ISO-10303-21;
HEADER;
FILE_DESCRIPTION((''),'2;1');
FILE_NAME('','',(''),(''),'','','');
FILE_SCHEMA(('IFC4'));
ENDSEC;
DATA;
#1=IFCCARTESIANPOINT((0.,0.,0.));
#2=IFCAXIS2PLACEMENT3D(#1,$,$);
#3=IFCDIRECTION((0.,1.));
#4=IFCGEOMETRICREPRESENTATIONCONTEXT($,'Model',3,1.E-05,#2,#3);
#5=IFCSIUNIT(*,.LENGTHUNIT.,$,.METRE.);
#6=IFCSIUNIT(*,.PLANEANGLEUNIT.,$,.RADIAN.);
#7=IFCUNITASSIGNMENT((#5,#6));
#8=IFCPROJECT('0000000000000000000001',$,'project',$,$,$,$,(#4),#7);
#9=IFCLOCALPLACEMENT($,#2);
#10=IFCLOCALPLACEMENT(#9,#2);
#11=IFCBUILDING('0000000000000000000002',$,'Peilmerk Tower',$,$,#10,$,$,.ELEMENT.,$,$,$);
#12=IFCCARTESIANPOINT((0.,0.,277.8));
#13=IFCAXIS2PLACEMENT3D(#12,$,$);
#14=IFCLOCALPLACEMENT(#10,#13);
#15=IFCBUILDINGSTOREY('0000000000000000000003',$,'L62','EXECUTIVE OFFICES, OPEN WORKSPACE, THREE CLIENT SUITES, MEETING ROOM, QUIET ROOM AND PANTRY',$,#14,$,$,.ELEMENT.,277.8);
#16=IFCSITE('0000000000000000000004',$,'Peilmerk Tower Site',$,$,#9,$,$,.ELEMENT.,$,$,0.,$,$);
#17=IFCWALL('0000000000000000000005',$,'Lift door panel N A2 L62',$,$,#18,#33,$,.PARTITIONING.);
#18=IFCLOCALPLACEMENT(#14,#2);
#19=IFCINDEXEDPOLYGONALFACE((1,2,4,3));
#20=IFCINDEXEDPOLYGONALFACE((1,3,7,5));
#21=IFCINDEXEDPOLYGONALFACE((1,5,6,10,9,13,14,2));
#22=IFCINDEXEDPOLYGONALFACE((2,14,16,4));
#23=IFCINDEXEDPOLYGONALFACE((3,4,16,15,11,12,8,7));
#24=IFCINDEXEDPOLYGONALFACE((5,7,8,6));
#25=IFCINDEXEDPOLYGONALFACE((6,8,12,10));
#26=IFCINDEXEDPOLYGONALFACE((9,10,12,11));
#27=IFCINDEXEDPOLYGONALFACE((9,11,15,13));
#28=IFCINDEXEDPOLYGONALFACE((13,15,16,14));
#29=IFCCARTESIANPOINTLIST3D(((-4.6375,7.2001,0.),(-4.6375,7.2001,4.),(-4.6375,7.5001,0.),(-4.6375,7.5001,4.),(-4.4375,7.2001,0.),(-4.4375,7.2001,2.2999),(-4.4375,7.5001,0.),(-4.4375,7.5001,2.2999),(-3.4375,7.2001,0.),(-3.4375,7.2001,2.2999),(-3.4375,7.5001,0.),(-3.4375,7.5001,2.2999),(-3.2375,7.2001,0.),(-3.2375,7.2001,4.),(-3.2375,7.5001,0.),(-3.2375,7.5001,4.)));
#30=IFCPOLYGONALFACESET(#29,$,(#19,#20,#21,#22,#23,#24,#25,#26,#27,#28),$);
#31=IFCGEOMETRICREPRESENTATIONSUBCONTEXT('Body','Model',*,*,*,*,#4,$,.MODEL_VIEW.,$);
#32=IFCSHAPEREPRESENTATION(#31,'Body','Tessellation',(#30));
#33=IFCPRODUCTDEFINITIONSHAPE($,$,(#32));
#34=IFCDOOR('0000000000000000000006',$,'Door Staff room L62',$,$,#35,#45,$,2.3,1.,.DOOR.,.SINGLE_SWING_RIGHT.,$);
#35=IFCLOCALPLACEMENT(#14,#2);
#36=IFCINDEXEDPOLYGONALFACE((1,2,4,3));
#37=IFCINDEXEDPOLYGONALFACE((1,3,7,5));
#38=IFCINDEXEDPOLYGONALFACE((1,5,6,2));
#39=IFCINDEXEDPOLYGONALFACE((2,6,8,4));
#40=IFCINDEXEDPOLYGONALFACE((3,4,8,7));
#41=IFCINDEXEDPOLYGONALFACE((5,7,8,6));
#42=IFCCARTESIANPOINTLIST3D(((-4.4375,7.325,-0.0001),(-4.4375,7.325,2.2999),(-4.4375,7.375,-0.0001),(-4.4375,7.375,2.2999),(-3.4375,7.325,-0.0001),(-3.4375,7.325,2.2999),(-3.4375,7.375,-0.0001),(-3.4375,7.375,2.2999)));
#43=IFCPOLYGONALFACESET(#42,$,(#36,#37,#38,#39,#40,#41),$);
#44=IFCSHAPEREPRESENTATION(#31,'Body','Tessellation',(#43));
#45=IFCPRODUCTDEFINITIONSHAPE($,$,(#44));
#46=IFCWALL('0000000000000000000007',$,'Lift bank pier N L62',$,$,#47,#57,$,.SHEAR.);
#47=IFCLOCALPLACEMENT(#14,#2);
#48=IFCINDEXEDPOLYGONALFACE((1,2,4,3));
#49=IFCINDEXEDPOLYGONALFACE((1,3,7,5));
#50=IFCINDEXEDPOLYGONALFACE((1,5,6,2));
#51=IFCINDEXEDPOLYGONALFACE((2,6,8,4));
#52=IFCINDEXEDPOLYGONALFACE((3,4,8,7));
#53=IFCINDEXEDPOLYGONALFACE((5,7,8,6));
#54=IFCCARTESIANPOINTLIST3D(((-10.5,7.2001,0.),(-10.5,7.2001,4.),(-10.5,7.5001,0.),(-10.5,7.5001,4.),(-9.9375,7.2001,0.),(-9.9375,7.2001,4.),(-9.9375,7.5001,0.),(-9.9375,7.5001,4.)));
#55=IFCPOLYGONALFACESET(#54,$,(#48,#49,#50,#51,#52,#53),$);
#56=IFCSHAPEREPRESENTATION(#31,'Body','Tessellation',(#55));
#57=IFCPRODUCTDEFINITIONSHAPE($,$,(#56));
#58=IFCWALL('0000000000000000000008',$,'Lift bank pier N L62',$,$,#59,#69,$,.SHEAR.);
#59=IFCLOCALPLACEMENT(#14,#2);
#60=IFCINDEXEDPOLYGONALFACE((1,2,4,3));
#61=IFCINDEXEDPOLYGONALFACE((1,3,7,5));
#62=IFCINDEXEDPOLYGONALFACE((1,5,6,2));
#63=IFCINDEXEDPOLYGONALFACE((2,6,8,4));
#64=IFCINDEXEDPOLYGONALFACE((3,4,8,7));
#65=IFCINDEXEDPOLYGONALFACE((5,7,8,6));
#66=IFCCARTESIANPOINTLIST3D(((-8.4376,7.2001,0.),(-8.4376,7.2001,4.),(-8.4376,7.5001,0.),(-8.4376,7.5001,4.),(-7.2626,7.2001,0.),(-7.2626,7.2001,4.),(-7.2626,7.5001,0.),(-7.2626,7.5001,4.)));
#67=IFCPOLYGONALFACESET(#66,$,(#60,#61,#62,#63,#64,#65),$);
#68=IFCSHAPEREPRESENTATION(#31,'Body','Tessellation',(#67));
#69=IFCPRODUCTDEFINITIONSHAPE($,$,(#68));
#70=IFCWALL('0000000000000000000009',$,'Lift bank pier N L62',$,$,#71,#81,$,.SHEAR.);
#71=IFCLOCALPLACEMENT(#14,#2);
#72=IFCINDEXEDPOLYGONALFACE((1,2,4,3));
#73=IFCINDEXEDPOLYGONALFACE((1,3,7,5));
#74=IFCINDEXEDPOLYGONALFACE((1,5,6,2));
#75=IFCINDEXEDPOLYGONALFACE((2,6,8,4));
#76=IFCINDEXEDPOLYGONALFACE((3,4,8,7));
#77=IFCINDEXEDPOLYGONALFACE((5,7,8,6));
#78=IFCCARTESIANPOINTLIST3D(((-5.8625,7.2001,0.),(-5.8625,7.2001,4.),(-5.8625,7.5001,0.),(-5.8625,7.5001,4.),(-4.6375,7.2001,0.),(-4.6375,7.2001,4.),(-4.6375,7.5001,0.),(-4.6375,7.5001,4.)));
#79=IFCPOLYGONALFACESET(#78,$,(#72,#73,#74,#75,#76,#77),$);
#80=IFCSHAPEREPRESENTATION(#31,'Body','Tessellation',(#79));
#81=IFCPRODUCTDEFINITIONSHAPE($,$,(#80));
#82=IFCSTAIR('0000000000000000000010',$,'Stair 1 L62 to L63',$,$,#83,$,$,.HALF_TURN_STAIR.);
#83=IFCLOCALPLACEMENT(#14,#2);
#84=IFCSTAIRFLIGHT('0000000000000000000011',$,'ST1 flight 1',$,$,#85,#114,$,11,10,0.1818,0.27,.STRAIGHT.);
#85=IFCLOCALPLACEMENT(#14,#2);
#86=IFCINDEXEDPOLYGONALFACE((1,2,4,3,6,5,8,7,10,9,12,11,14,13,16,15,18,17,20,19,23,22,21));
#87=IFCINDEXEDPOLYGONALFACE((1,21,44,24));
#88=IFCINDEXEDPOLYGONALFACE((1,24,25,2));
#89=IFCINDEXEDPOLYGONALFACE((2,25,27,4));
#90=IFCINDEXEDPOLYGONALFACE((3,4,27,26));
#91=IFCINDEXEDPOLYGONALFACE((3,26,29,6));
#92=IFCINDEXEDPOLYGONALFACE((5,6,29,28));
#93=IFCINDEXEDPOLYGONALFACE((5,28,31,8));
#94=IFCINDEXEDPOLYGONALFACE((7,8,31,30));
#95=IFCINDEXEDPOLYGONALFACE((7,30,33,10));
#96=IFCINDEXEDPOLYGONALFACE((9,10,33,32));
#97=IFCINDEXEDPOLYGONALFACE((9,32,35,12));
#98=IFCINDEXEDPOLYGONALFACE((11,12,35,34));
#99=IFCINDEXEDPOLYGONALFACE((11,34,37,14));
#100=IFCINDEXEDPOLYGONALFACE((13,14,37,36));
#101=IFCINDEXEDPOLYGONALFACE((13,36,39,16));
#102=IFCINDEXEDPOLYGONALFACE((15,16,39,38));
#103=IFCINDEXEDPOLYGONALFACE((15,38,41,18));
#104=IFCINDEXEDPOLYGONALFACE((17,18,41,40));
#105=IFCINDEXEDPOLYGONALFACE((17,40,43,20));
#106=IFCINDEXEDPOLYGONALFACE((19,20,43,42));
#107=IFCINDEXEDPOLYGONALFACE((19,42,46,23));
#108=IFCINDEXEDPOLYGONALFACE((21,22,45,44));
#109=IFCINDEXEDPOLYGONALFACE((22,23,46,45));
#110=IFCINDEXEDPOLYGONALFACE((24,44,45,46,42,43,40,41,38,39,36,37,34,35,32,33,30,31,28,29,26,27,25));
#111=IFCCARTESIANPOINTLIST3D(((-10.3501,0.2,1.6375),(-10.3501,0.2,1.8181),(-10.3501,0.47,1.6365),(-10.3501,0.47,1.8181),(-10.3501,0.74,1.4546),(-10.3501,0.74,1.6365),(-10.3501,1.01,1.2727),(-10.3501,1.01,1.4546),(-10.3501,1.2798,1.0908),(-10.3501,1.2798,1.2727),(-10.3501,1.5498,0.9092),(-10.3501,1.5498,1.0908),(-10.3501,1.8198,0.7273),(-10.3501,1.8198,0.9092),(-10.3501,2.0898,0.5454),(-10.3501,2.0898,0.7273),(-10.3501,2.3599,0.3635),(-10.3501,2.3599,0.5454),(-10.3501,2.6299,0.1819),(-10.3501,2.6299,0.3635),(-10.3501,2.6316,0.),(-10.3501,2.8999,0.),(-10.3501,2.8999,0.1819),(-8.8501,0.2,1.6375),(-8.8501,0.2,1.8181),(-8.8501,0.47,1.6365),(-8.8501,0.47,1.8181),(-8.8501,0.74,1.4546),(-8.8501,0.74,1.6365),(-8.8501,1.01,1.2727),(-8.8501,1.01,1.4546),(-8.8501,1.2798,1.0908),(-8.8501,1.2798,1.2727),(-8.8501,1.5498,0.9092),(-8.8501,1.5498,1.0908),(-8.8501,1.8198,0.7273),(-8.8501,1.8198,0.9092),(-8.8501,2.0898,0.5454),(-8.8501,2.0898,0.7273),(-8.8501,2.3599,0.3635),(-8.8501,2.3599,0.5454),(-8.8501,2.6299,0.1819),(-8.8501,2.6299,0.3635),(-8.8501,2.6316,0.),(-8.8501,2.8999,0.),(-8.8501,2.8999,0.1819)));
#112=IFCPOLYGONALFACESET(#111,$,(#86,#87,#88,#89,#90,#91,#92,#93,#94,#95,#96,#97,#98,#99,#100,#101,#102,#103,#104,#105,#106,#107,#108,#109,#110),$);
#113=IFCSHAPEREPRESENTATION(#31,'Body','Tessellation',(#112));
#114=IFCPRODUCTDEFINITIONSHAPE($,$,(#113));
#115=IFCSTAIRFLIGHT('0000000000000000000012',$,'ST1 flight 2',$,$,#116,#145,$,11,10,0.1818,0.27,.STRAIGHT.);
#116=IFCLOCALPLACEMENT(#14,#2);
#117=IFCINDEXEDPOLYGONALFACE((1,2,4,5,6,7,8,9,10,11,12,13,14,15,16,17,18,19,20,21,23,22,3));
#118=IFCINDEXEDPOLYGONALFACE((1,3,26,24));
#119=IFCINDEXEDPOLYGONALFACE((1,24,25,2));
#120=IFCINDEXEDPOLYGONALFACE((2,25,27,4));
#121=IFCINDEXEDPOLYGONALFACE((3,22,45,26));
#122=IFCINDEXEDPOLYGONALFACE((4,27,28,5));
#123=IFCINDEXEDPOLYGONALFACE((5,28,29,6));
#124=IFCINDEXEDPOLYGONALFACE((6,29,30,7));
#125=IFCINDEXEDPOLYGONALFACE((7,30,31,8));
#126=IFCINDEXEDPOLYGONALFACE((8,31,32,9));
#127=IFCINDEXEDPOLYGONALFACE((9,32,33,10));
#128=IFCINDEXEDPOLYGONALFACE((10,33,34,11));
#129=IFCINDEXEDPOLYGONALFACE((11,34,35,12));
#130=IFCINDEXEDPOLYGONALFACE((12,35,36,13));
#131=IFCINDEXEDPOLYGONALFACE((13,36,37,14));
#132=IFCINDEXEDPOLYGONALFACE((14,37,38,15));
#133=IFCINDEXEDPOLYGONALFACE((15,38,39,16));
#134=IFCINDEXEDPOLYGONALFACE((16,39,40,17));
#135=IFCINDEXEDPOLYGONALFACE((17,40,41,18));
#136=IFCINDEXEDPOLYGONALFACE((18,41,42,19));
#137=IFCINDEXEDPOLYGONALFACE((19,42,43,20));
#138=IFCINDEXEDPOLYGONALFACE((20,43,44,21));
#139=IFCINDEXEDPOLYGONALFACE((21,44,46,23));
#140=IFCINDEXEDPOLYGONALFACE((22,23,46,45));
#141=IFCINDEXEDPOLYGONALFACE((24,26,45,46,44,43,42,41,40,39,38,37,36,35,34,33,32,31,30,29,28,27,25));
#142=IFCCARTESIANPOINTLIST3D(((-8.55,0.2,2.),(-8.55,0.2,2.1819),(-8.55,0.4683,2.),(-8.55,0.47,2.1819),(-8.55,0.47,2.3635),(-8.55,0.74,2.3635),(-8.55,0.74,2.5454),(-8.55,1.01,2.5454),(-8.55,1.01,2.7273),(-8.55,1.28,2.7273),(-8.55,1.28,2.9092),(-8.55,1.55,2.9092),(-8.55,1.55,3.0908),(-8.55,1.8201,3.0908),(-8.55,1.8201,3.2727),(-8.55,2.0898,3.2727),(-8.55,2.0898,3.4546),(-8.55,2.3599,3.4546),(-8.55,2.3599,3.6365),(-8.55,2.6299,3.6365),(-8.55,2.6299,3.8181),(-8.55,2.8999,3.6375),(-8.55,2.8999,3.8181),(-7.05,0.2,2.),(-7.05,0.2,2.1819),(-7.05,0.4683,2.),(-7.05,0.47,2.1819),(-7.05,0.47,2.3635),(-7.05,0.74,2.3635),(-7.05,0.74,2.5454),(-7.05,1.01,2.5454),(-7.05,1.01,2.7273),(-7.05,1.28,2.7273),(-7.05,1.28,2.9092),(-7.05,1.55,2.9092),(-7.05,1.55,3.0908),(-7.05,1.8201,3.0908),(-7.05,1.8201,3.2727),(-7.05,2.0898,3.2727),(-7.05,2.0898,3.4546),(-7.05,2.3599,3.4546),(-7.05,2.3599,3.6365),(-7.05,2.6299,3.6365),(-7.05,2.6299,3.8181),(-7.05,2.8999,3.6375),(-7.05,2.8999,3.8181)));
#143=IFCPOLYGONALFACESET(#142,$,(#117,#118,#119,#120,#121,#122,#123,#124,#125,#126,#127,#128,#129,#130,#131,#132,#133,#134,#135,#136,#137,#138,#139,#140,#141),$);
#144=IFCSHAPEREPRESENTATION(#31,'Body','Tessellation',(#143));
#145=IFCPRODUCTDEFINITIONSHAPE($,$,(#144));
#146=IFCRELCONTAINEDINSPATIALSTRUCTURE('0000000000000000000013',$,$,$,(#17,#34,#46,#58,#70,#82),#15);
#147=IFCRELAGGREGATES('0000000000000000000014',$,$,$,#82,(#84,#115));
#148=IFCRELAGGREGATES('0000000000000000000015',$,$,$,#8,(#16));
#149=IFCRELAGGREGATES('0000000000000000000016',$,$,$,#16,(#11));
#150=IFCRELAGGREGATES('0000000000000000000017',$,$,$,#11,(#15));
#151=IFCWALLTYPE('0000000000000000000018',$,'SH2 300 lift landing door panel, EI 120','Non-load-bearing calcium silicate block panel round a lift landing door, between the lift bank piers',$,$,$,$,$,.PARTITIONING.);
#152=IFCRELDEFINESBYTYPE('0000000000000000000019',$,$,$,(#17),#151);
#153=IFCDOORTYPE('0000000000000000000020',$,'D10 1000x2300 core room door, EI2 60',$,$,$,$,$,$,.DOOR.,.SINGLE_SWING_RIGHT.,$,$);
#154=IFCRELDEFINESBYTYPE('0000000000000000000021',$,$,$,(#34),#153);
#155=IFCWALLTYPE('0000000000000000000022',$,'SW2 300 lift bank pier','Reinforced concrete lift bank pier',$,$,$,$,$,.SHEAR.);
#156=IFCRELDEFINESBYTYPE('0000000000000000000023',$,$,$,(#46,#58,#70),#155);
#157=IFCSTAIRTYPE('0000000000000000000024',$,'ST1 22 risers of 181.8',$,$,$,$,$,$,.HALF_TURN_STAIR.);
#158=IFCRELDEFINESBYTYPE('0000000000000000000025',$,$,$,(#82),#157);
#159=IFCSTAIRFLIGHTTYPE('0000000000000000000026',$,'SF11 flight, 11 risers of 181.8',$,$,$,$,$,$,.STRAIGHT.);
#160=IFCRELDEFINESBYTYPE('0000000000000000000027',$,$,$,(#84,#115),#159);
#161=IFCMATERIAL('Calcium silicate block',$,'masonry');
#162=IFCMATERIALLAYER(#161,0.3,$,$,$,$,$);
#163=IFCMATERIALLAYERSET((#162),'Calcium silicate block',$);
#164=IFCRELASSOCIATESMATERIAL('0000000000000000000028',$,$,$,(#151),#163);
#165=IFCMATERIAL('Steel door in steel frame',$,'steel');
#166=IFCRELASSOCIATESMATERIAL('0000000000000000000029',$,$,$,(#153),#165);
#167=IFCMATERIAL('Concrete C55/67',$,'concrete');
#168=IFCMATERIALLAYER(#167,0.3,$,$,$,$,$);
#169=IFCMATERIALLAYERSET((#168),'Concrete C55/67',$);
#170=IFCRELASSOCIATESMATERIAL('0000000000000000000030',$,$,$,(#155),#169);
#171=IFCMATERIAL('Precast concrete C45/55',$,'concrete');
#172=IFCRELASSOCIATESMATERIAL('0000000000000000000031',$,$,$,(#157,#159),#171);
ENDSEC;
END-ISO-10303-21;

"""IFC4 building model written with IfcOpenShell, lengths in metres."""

from ifc_helpers import new_model, si_unit, direction, frame, frame_2d, origin, place, context, subcontext, project, spatial, polyline, rectangle, outline, extrude, material, layer, layer_set, type_object, element, fill, aggregate, save


model = new_model("IFC4")

# Units and contexts
model_context = context("Model", 3, precision=1e-05, world=origin(), true_north=direction((0.0, 1.0)))
body_context = subcontext(model_context, "Body", "Model", "MODEL_VIEW")
ifc_project = project(units=[si_unit("LENGTHUNIT", "METRE"), si_unit("PLANEANGLEUNIT", "RADIAN")], contexts=[model_context])

# Site, building, storey
site_placement = place(None, origin())
site = spatial("IfcSite", under=ifc_project, at=site_placement, Name="Peilmerk Tower Site", CompositionType="ELEMENT", RefElevation=0.0)
building_placement = place(site_placement, origin())
building = spatial("IfcBuilding", under=site, at=building_placement, Name="Peilmerk Tower", CompositionType="ELEMENT")
storey_placement = place(building_placement, frame((0.0, 0.0, 277.8)))
storey = spatial("IfcBuildingStorey", under=building, at=storey_placement, Name="L62", Description="EXECUTIVE OFFICES, OPEN WORKSPACE, THREE CLIENT SUITES, MEETING ROOM, QUIET ROOM AND PANTRY", CompositionType="ELEMENT", Elevation=277.8)

# Shared definitions
ifc_material_1 = material(Name="Concrete C55/67", Category="concrete")

# Shared definitions
ifc_material_2 = material(Name="Steel door in steel frame", Category="steel")

# Shared definitions
ifc_material_3 = material(Name="Calcium silicate block", Category="masonry")
ifc_layer_1 = layer(ifc_material_3, 0.3)
ifc_layer_set_1 = layer_set([ifc_layer_1], Name="Calcium silicate block")
wall_type_1 = type_object("IfcWallType", Name="SH2 300 lift landing door panel, EI 120", Description="Non-load-bearing calcium silicate block panel round a lift landing door, between the lift bank piers", PredefinedType="PARTITIONING", material=ifc_layer_set_1)

# Wall, opening, door
wall_1_placement = place(storey_placement, frame((-4.6375, 7.3501, 0.0), z_axis=(0.0, 0.0, 1.0), x_axis=(1.0, 0.0, 0.0)))
wall_1 = element("IfcWall", 1, at=wall_1_placement, inside=storey, type_object=wall_type_1, Name="Lift door panel N A2 L62", PredefinedType="PARTITIONING", context=body_context, shape_type="SweptSolid", body=[
    extrude(rectangle(XDim=1.3999, YDim=0.3, at=frame_2d((0.7, 0.0))), origin(), (0.0, 0.0, 1.0), 4.0),
])
opening_1_placement = place(wall_1_placement, frame((0.2, 0.0, 0.0)))
opening_1 = element("IfcOpeningElement", 2, at=opening_1_placement, cuts=wall_1, PredefinedType="OPENING", context=body_context, shape_type="SweptSolid", body=[
    extrude(rectangle(XDim=1.0, YDim=2.3, at=frame_2d((0.5, 1.1499))), frame((0.0, 0.1599, 0.0), z_axis=(0.0, -1.0, 0.0), x_axis=(1.0, 0.0, 0.0)), (0.0, 0.0, 1.0), 0.3201),
])
door_type_1 = type_object("IfcDoorType", Name="D10 1000x2300 core room door, EI2 60", OperationType="SINGLE_SWING_RIGHT", PredefinedType="DOOR", material=ifc_material_2)
door_1_placement = place(opening_1_placement, origin())
door_1 = element("IfcDoor", 3, at=door_1_placement, inside=storey, type_object=door_type_1, Name="Door Staff room L62", OperationType="SINGLE_SWING_RIGHT", OverallHeight=2.3, OverallWidth=1.0, PredefinedType="DOOR", context=body_context, shape_type="SweptSolid", body=[
    extrude(rectangle(XDim=1.0, YDim=2.3, at=frame_2d((0.5, 1.1499))), frame((0.0, 0.0249, 0.0), z_axis=(0.0, -1.0, 0.0), x_axis=(1.0, 0.0, 0.0)), (0.0, 0.0, 1.0), 0.05),
])
fill(opening_1, door_1)

# Walls
ifc_layer_2 = layer(ifc_material_1, 0.3)
ifc_layer_set_2 = layer_set([ifc_layer_2], Name="Concrete C55/67")
wall_type_2 = type_object("IfcWallType", Name="SW2 300 lift bank pier", Description="Reinforced concrete lift bank pier", PredefinedType="SHEAR", material=ifc_layer_set_2)
wall_2_placement = place(storey_placement, frame((-10.5, 7.3501, 0.0), z_axis=(0.0, 0.0, 1.0), x_axis=(1.0, 0.0, 0.0)))
element("IfcWall", 4, at=wall_2_placement, inside=storey, type_object=wall_type_2, Name="Lift bank pier N L62", PredefinedType="SHEAR", context=body_context, shape_type="SweptSolid", body=[
    extrude(rectangle(XDim=0.5625, YDim=0.3, at=frame_2d((0.2812, 0.0))), origin(), (0.0, 0.0, 1.0), 4.0),
])
wall_3_placement = place(storey_placement, frame((-8.4375, 7.3501, 0.0), z_axis=(0.0, 0.0, 1.0), x_axis=(1.0, 0.0, 0.0)))
element("IfcWall", 5, at=wall_3_placement, inside=storey, type_object=wall_type_2, Name="Lift bank pier N L62", PredefinedType="SHEAR", context=body_context, shape_type="SweptSolid", body=[
    extrude(rectangle(XDim=1.175, YDim=0.3, at=frame_2d((0.5874, 0.0))), origin(), (0.0, 0.0, 1.0), 4.0),
])
wall_4_placement = place(storey_placement, frame((-5.8625, 7.3501, 0.0), z_axis=(0.0, 0.0, 1.0), x_axis=(1.0, 0.0, 0.0)))
element("IfcWall", 6, at=wall_4_placement, inside=storey, type_object=wall_type_2, Name="Lift bank pier N L62", PredefinedType="SHEAR", context=body_context, shape_type="SweptSolid", body=[
    extrude(rectangle(XDim=1.2251, YDim=0.3, at=frame_2d((0.6125, 0.0))), origin(), (0.0, 0.0, 1.0), 4.0),
])

# Stair, stair flights
ifc_material_4 = material(Name="Precast concrete C45/55", Category="concrete")
stair_type = type_object("IfcStairType", Name="ST1 22 risers of 181.8", PredefinedType="HALF_TURN_STAIR", material=ifc_material_4)
stair_placement = place(storey_placement, origin())
stair = element("IfcStair", 7, at=stair_placement, inside=storey, type_object=stair_type, Name="Stair 1 L62 to L63", PredefinedType="HALF_TURN_STAIR")
stair_flight_type = type_object("IfcStairFlightType", Name="SF11 flight, 11 risers of 181.8", PredefinedType="STRAIGHT", material=ifc_material_4)
stair_flight_1_placement = place(storey_placement, frame((-9.6001, 2.8999, 0.0), z_axis=(0.0, 0.0, 1.0), x_axis=(0.0, -1.0, 0.0)))
stair_flight_1 = element("IfcStairFlight", 8, at=stair_flight_1_placement, type_object=stair_flight_type, Name="ST1 flight 1", NumberOfRisers=11, NumberOfTreads=10, PredefinedType="STRAIGHT", RiserHeight=0.1818, TreadLength=0.27, context=body_context, shape_type="SweptSolid", body=[
    extrude(outline(polyline([(0.0, 0.0), (0.0, 0.1819), (0.27, 0.1819), (0.27, 0.3635), (0.54, 0.3635), (0.54, 0.5454), (0.8101, 0.5454), (0.8101, 0.7273), (1.0801, 0.7273), (1.0801, 0.9092), (1.3501, 0.9092), (1.3501, 1.0908), (1.6201, 1.0908), (1.6201, 1.2727), (1.8899, 1.2727), (1.8899, 1.4546), (2.1599, 1.4546), (2.1599, 1.6365), (2.4299, 1.6365), (2.4299, 1.8181), (2.7, 1.8181), (2.7, 2.0), (2.7, 1.6375), (0.2683, 0.0), (0.0, 0.0)])), frame((0.0, 0.75, 0.0), z_axis=(0.0, -1.0, 0.0), x_axis=(1.0, 0.0, 0.0)), (0.0, 0.0, 1.0), 1.5),
])
stair_flight_2_placement = place(storey_placement, frame((-7.8, 0.2, 2.0), z_axis=(0.0, 0.0, 1.0), x_axis=(0.0, 1.0, 0.0)))
stair_flight_2 = element("IfcStairFlight", 9, at=stair_flight_2_placement, type_object=stair_flight_type, Name="ST1 flight 2", NumberOfRisers=11, NumberOfTreads=10, PredefinedType="STRAIGHT", RiserHeight=0.1818, TreadLength=0.27, context=body_context, shape_type="SweptSolid", body=[
    extrude(outline(polyline([(0.0, 0.0), (0.0, 0.1819), (0.27, 0.1819), (0.27, 0.3635), (0.54, 0.3635), (0.54, 0.5454), (0.8101, 0.5454), (0.8101, 0.7273), (1.0801, 0.7273), (1.0801, 0.9092), (1.3501, 0.9092), (1.3501, 1.0908), (1.6201, 1.0908), (1.6201, 1.2727), (1.8899, 1.2727), (1.8899, 1.4546), (2.1599, 1.4546), (2.1599, 1.6365), (2.4299, 1.6365), (2.4299, 1.8181), (2.7, 1.8181), (2.7, 2.0), (2.7, 1.6375), (0.2683, 0.0), (0.0, 0.0)])), frame((0.0, 0.75, 0.0), z_axis=(0.0, -1.0, 0.0), x_axis=(1.0, 0.0, 0.0)), (0.0, 0.0, 1.0), 1.5),
])
aggregate(stair, [stair_flight_1, stair_flight_2])

save(model, "model.ifc")
